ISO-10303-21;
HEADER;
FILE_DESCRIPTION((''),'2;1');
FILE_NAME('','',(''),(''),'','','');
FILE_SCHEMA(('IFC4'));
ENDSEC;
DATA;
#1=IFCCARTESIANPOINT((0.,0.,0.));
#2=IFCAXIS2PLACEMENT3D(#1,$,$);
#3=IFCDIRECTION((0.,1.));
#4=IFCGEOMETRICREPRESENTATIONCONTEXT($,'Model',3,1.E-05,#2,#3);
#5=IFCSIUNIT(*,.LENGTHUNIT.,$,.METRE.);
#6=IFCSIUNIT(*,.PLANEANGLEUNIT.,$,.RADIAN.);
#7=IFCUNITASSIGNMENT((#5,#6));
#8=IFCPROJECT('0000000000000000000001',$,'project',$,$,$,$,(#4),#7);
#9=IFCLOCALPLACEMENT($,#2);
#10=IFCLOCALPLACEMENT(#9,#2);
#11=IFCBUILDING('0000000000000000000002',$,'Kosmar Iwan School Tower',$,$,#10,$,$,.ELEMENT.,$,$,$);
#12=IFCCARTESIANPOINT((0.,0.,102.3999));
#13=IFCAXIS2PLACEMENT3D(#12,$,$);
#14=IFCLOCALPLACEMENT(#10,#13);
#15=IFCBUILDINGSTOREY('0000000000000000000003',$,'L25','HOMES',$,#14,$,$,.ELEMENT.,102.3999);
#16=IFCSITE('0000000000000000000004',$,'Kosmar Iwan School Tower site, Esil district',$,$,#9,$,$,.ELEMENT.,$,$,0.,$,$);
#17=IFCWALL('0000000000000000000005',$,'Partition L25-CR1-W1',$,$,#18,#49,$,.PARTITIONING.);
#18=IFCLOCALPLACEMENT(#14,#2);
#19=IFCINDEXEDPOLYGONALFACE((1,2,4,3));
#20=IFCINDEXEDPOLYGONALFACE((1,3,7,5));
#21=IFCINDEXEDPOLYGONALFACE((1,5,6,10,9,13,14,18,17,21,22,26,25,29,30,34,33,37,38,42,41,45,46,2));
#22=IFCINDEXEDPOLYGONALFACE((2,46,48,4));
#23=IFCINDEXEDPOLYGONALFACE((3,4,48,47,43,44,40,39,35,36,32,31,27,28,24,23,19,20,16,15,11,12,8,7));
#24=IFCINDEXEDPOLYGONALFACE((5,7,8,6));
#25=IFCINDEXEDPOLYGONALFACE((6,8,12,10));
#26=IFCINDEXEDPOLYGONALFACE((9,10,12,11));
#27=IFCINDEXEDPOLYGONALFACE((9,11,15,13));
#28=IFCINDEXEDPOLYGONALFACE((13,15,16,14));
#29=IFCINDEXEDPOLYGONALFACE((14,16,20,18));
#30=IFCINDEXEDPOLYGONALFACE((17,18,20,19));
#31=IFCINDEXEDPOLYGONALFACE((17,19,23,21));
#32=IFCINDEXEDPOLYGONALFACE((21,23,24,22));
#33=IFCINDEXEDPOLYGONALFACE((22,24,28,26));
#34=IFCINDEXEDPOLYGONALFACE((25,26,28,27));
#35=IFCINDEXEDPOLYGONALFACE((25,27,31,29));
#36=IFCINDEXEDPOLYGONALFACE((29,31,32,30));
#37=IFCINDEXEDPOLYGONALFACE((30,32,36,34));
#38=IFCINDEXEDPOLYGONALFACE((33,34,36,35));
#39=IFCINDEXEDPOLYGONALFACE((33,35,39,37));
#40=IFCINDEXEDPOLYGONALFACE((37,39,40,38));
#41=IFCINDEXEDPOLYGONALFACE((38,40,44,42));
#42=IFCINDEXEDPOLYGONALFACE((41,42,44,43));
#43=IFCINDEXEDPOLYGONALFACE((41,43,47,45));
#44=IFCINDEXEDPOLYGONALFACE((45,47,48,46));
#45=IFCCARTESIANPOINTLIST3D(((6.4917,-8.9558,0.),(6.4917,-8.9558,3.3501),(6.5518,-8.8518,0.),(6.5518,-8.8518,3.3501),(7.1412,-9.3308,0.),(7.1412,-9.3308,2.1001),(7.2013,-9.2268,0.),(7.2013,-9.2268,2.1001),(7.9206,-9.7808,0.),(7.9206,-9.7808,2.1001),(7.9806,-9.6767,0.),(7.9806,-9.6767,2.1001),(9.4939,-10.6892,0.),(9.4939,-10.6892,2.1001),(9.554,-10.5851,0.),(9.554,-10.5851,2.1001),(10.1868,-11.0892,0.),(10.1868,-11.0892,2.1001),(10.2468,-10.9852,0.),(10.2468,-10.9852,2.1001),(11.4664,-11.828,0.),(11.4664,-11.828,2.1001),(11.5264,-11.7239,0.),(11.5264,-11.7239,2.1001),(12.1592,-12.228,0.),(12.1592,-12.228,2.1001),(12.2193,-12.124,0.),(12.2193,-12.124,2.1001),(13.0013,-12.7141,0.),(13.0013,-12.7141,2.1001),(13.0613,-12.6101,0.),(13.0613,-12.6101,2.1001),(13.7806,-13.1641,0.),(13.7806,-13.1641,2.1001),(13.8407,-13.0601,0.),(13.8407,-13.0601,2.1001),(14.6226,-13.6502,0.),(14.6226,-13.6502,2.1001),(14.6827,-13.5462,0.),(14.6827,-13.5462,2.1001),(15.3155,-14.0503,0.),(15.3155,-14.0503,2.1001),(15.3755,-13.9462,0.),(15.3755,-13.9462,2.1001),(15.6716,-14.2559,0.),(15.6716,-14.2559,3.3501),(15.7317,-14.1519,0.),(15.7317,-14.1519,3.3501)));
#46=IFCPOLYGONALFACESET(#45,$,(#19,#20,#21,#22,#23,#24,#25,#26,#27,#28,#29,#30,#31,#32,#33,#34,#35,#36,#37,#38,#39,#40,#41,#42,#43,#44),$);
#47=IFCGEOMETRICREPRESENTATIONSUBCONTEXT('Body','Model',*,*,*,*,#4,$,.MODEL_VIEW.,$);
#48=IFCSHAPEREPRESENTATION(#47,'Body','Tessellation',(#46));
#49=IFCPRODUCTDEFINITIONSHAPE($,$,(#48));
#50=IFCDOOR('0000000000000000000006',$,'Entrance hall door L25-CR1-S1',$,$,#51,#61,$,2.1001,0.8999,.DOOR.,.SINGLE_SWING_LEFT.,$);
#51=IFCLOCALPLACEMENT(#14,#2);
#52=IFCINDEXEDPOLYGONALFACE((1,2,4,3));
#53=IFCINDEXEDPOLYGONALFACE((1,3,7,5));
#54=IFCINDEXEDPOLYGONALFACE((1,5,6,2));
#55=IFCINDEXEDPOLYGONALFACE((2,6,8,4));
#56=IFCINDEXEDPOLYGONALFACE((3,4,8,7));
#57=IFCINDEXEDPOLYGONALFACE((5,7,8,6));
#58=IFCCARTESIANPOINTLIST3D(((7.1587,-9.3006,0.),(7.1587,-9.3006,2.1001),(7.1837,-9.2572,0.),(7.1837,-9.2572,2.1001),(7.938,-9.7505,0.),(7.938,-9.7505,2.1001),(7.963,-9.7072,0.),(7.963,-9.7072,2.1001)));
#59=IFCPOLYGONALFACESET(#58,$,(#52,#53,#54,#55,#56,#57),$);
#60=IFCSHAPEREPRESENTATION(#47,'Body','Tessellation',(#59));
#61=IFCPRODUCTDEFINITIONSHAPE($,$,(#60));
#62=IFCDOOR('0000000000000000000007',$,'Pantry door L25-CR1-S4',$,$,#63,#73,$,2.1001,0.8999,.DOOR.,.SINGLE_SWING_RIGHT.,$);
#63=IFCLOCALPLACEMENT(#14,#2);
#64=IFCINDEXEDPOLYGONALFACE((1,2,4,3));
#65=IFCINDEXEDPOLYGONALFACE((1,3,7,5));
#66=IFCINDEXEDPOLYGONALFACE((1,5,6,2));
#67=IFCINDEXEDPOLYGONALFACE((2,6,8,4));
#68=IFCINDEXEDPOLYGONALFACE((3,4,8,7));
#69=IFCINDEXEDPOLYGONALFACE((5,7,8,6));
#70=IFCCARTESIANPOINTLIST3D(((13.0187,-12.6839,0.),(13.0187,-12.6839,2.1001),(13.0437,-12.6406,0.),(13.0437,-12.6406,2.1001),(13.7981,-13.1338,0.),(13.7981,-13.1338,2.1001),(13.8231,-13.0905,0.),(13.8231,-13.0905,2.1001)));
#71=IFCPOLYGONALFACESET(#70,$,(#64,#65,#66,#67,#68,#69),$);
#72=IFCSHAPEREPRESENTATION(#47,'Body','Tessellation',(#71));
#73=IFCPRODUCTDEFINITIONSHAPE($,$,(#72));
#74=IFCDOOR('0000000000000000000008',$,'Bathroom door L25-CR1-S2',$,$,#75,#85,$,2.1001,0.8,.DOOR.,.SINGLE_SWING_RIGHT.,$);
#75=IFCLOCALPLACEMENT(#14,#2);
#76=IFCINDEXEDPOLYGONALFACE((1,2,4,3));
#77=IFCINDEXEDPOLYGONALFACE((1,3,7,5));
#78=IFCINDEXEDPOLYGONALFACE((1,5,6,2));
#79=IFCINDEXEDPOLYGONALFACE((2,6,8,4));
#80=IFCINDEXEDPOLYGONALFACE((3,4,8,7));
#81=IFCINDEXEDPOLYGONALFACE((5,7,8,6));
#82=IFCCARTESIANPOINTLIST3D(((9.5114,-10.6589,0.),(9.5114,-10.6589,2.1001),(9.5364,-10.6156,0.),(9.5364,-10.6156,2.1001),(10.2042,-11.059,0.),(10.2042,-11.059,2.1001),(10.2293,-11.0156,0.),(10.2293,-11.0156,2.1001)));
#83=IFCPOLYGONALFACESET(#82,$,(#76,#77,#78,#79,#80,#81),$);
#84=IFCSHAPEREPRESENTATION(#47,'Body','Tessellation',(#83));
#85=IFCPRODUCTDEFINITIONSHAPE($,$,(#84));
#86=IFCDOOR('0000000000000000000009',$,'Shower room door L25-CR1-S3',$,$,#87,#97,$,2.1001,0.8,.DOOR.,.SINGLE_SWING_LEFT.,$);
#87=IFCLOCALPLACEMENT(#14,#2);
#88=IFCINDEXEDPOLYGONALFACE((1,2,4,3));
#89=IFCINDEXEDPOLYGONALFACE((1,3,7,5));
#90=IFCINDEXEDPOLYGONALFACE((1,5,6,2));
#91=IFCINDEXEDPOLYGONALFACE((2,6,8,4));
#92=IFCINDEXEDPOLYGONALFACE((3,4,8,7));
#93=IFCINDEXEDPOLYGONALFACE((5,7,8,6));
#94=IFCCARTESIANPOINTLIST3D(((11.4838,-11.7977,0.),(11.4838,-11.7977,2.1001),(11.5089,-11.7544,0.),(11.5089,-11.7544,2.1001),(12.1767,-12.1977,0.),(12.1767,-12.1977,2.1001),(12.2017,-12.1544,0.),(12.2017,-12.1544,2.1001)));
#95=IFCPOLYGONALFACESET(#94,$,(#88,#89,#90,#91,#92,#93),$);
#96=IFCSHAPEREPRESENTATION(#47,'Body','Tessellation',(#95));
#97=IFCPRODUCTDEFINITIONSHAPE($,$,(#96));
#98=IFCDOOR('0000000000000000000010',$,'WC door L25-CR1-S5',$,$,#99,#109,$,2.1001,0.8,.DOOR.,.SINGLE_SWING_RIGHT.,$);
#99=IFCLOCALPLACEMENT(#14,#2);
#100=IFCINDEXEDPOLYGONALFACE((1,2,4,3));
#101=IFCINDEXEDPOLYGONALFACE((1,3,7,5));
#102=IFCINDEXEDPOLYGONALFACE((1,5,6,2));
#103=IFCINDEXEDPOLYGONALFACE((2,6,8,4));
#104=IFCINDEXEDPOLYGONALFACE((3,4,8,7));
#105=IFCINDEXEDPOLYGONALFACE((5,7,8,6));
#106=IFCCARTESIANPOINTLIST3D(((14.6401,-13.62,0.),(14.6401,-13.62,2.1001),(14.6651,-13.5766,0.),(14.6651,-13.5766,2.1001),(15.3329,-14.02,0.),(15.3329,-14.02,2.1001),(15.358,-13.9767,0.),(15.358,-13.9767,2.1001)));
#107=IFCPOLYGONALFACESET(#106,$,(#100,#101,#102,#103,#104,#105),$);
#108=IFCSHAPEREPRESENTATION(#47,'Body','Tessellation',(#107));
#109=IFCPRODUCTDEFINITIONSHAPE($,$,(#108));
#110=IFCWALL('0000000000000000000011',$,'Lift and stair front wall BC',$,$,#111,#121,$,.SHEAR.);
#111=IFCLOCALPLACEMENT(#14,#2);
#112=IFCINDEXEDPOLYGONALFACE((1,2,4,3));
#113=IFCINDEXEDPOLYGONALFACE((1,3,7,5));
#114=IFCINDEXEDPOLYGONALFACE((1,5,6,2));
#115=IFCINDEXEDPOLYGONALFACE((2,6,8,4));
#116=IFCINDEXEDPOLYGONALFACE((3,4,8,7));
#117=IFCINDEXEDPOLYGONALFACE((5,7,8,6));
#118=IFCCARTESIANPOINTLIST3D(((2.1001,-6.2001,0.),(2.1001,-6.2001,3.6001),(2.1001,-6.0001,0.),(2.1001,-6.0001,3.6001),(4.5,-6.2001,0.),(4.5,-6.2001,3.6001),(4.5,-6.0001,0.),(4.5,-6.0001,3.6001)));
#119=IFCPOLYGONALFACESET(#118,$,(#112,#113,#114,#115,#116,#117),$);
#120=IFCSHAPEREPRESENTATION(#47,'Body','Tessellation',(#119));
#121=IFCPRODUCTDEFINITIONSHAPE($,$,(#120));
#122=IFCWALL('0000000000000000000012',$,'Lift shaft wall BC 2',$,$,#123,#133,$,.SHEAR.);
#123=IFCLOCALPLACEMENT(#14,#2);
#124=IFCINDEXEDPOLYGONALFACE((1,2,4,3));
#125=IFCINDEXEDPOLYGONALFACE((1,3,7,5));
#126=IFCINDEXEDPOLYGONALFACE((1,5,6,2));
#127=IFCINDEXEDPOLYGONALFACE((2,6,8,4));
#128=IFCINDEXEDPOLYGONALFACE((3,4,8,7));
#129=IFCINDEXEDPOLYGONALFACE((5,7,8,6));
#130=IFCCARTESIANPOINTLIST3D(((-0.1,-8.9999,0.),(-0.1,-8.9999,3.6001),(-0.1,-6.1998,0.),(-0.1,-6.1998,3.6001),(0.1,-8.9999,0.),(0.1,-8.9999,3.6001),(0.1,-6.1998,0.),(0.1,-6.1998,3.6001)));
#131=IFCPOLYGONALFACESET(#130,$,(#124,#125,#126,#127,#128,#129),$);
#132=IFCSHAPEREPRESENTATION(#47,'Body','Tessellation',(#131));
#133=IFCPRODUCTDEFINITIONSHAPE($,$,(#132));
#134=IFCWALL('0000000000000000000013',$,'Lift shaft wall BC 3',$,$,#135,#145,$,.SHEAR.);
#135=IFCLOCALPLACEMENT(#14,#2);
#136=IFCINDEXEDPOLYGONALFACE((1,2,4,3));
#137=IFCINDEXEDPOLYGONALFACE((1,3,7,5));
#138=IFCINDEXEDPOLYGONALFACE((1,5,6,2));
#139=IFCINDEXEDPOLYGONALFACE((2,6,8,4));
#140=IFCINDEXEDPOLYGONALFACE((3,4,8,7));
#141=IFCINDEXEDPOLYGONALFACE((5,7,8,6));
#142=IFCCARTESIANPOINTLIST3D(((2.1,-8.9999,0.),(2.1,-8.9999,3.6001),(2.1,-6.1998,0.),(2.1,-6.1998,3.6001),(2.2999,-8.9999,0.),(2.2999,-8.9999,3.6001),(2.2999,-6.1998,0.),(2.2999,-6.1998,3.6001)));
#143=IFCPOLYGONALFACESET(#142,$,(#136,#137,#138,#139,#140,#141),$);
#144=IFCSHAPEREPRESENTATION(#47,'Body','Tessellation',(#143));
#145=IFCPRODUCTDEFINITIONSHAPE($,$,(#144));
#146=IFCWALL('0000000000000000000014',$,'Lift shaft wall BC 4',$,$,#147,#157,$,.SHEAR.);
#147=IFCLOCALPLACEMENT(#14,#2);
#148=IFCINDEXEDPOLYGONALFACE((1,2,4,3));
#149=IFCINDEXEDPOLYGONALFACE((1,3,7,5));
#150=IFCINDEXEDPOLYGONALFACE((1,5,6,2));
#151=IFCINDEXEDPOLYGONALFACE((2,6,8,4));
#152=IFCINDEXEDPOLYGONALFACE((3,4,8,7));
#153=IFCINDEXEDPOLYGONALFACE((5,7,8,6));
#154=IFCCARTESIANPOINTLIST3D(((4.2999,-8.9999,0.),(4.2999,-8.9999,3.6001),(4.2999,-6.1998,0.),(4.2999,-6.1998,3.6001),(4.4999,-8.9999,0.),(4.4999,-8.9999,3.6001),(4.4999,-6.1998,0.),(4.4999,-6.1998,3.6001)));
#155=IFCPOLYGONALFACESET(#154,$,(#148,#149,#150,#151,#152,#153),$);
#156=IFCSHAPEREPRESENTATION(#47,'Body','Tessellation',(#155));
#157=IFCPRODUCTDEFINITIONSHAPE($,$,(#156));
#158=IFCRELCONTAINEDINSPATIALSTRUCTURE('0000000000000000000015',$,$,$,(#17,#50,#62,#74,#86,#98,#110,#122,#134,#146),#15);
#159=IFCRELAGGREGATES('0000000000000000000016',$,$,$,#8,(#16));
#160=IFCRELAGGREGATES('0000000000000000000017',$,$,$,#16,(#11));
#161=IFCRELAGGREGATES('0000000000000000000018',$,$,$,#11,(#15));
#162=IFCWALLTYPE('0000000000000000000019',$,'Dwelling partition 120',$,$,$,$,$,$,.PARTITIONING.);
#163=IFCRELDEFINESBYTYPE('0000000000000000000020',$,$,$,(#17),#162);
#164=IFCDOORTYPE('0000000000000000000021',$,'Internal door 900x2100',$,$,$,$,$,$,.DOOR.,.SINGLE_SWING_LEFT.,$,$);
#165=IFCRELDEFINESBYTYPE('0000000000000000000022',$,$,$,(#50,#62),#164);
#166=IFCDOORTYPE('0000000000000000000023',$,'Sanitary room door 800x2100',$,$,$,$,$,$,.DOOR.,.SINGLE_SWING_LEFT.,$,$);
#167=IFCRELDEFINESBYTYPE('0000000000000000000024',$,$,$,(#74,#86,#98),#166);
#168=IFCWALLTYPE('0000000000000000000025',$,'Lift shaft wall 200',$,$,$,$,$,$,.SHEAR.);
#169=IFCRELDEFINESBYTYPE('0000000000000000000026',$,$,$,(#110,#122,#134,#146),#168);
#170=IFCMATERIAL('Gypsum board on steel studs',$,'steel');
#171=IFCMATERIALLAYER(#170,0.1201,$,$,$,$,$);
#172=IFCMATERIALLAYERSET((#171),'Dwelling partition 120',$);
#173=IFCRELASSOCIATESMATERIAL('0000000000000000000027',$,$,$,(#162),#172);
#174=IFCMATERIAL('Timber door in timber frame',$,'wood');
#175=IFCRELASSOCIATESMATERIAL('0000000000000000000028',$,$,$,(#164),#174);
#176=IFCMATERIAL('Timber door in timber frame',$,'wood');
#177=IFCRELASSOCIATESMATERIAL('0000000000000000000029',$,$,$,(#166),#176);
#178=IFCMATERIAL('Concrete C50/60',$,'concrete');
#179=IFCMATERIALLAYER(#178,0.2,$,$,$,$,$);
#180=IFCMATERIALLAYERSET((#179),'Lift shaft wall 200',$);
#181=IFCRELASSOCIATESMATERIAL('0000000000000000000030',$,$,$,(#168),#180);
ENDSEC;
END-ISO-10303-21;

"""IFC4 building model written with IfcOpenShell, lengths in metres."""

from ifc_helpers import new_model, si_unit, direction, frame, frame_2d, origin, place, context, subcontext, project, spatial, rectangle, extrude, material, layer, layer_set, type_object, element, fill, save


model = new_model("IFC4")

# Units and contexts
model_context = context("Model", 3, precision=1e-05, world=origin(), true_north=direction((0.0, 1.0)))
body_context = subcontext(model_context, "Body", "Model", "MODEL_VIEW")
ifc_project = project(units=[si_unit("LENGTHUNIT", "METRE"), si_unit("PLANEANGLEUNIT", "RADIAN")], contexts=[model_context])

# Site, building, storey
site_placement = place(None, origin())
site = spatial("IfcSite", under=ifc_project, at=site_placement, Name="Kosmar Iwan School Tower site, Esil district", CompositionType="ELEMENT", RefElevation=0.0)
building_placement = place(site_placement, origin())
building = spatial("IfcBuilding", under=site, at=building_placement, Name="Kosmar Iwan School Tower", CompositionType="ELEMENT")
storey_placement = place(building_placement, frame((0.0, 0.0, 102.3999)))
storey = spatial("IfcBuildingStorey", under=building, at=storey_placement, Name="L25", Description="HOMES", CompositionType="ELEMENT", Elevation=102.3999)

# Wall, openings, doors
ifc_material_1 = material(Name="Gypsum board on steel studs", Category="steel")
ifc_layer_1 = layer(ifc_material_1, 0.1201)
ifc_layer_set_1 = layer_set([ifc_layer_1], Name="Dwelling partition 120")
wall_type_1 = type_object("IfcWallType", Name="Dwelling partition 120", PredefinedType="PARTITIONING", material=ifc_layer_set_1)
wall_1_placement = place(storey_placement, frame((6.5217, -8.9038, 0.0), z_axis=(0.0, 0.0, 1.0), x_axis=(0.866025, -0.500001, 0.0)))
wall_1 = element("IfcWall", 1, at=wall_1_placement, inside=storey, type_object=wall_type_1, Name="Partition L25-CR1-W1", PredefinedType="PARTITIONING", context=body_context, shape_type="SweptSolid", body=[
    extrude(rectangle(XDim=10.6001, YDim=0.1201, at=frame_2d((5.3, 0.0))), origin(), (0.0, 0.0, 1.0), 3.3501),
])
opening_1_placement = place(wall_1_placement, frame((0.75, 0.0, 0.0)))
opening_1 = element("IfcOpeningElement", 2, at=opening_1_placement, cuts=wall_1, PredefinedType="OPENING", context=body_context, shape_type="SweptSolid", body=[
    extrude(rectangle(XDim=0.8999, YDim=2.1001, at=frame_2d((0.45, 1.05))), frame((0.0, 0.072, 0.0), z_axis=(0.0, -1.0, 0.0), x_axis=(1.0, 0.0, 0.0)), (0.0, 0.0, 1.0), 0.144),
])
opening_2_placement = place(wall_1_placement, frame((3.4668, 0.0, 0.0)))
opening_2 = element("IfcOpeningElement", 3, at=opening_2_placement, cuts=wall_1, PredefinedType="OPENING", context=body_context, shape_type="SweptSolid", body=[
    extrude(rectangle(XDim=0.8, YDim=2.1001, at=frame_2d((0.3999, 1.05))), frame((0.0, 0.072, 0.0), z_axis=(0.0, -1.0, 0.0), x_axis=(1.0, 0.0, 0.0)), (0.0, 0.0, 1.0), 0.144),
])
opening_3_placement = place(wall_1_placement, frame((5.7444, 0.0, 0.0)))
opening_3 = element("IfcOpeningElement", 4, at=opening_3_placement, cuts=wall_1, PredefinedType="OPENING", context=body_context, shape_type="SweptSolid", body=[
    extrude(rectangle(XDim=0.8, YDim=2.1001, at=frame_2d((0.3999, 1.05))), frame((0.0, 0.072, 0.0), z_axis=(0.0, -1.0, 0.0), x_axis=(1.0, 0.0, 0.0)), (0.0, 0.0, 1.0), 0.144),
])
opening_4_placement = place(wall_1_placement, frame((7.5166, 0.0, 0.0)))
opening_4 = element("IfcOpeningElement", 5, at=opening_4_placement, cuts=wall_1, PredefinedType="OPENING", context=body_context, shape_type="SweptSolid", body=[
    extrude(rectangle(XDim=0.8999, YDim=2.1001, at=frame_2d((0.45, 1.05))), frame((0.0, 0.072, 0.0), z_axis=(0.0, -1.0, 0.0), x_axis=(1.0, 0.0, 0.0)), (0.0, 0.0, 1.0), 0.144),
])
opening_5_placement = place(wall_1_placement, frame((9.3889, 0.0, 0.0)))
opening_5 = element("IfcOpeningElement", 6, at=opening_5_placement, cuts=wall_1, PredefinedType="OPENING", context=body_context, shape_type="SweptSolid", body=[
    extrude(rectangle(XDim=0.8, YDim=2.1001, at=frame_2d((0.3999, 1.05))), frame((0.0, 0.072, 0.0), z_axis=(0.0, -1.0, 0.0), x_axis=(1.0, 0.0, 0.0)), (0.0, 0.0, 1.0), 0.144),
])
ifc_material_2 = material(Name="Timber door in timber frame", Category="wood")
door_type_1 = type_object("IfcDoorType", Name="Internal door 900x2100", OperationType="SINGLE_SWING_LEFT", PredefinedType="DOOR", material=ifc_material_2)
door_1_placement = place(opening_1_placement, origin())
door_1 = element("IfcDoor", 7, at=door_1_placement, inside=storey, type_object=door_type_1, Name="Entrance hall door L25-CR1-S1", OperationType="SINGLE_SWING_LEFT", OverallHeight=2.1001, OverallWidth=0.8999, PredefinedType="DOOR", context=body_context, shape_type="SweptSolid", body=[
    extrude(rectangle(XDim=0.8999, YDim=2.1001, at=frame_2d((0.45, 1.05))), frame((0.0, 0.0249, 0.0), z_axis=(0.0, -1.0, 0.0), x_axis=(1.0, 0.0, 0.0)), (0.0, 0.0, 1.0), 0.05),
])
fill(opening_1, door_1)
door_2_placement = place(opening_4_placement, origin())
door_2 = element("IfcDoor", 8, at=door_2_placement, inside=storey, type_object=door_type_1, Name="Pantry door L25-CR1-S4", OperationType="SINGLE_SWING_RIGHT", OverallHeight=2.1001, OverallWidth=0.8999, PredefinedType="DOOR", context=body_context, shape_type="SweptSolid", body=[
    extrude(rectangle(XDim=0.8999, YDim=2.1001, at=frame_2d((0.45, 1.05))), frame((0.0, 0.0249, 0.0), z_axis=(0.0, -1.0, 0.0), x_axis=(1.0, 0.0, 0.0)), (0.0, 0.0, 1.0), 0.05),
])
fill(opening_4, door_2)
ifc_material_3 = material(Name="Timber door in timber frame", Category="wood")
door_type_2 = type_object("IfcDoorType", Name="Sanitary room door 800x2100", OperationType="SINGLE_SWING_LEFT", PredefinedType="DOOR", material=ifc_material_3)
door_3_placement = place(opening_2_placement, origin())
door_3 = element("IfcDoor", 9, at=door_3_placement, inside=storey, type_object=door_type_2, Name="Bathroom door L25-CR1-S2", OperationType="SINGLE_SWING_RIGHT", OverallHeight=2.1001, OverallWidth=0.8, PredefinedType="DOOR", context=body_context, shape_type="SweptSolid", body=[
    extrude(rectangle(XDim=0.8, YDim=2.1001, at=frame_2d((0.3999, 1.05))), frame((0.0, 0.0249, 0.0), z_axis=(0.0, -1.0, 0.0), x_axis=(1.0, 0.0, 0.0)), (0.0, 0.0, 1.0), 0.05),
])
fill(opening_2, door_3)
door_4_placement = place(opening_3_placement, origin())
door_4 = element("IfcDoor", 10, at=door_4_placement, inside=storey, type_object=door_type_2, Name="Shower room door L25-CR1-S3", OperationType="SINGLE_SWING_LEFT", OverallHeight=2.1001, OverallWidth=0.8, PredefinedType="DOOR", context=body_context, shape_type="SweptSolid", body=[
    extrude(rectangle(XDim=0.8, YDim=2.1001, at=frame_2d((0.3999, 1.05))), frame((0.0, 0.0249, 0.0), z_axis=(0.0, -1.0, 0.0), x_axis=(1.0, 0.0, 0.0)), (0.0, 0.0, 1.0), 0.05),
])
fill(opening_3, door_4)
door_5_placement = place(opening_5_placement, origin())
door_5 = element("IfcDoor", 11, at=door_5_placement, inside=storey, type_object=door_type_2, Name="WC door L25-CR1-S5", OperationType="SINGLE_SWING_RIGHT", OverallHeight=2.1001, OverallWidth=0.8, PredefinedType="DOOR", context=body_context, shape_type="SweptSolid", body=[
    extrude(rectangle(XDim=0.8, YDim=2.1001, at=frame_2d((0.3999, 1.05))), frame((0.0, 0.0249, 0.0), z_axis=(0.0, -1.0, 0.0), x_axis=(1.0, 0.0, 0.0)), (0.0, 0.0, 1.0), 0.05),
])
fill(opening_5, door_5)

# Walls
ifc_material_4 = material(Name="Concrete C50/60", Category="concrete")
ifc_layer_2 = layer(ifc_material_4, 0.2)
ifc_layer_set_2 = layer_set([ifc_layer_2], Name="Lift shaft wall 200")
wall_type_2 = type_object("IfcWallType", Name="Lift shaft wall 200", PredefinedType="SHEAR", material=ifc_layer_set_2)
wall_2_placement = place(storey_placement, frame((2.1001, -6.1001, 0.0), z_axis=(0.0, 0.0, 1.0), x_axis=(1.0, 0.0, 0.0)))
element("IfcWall", 12, at=wall_2_placement, inside=storey, type_object=wall_type_2, Name="Lift and stair front wall BC", PredefinedType="SHEAR", context=body_context, shape_type="SweptSolid", body=[
    extrude(rectangle(XDim=2.3999, YDim=0.2, at=frame_2d((1.2, 0.0))), origin(), (0.0, 0.0, 1.0), 3.6001),
])
for number, where, z_axis, x_axis, name in (
    (13, (0.0, -6.2, 0.0), (0.0, 0.0, 1.0), (0.0, -1.0, 0.0), "Lift shaft wall BC 2"),
    (14, (2.2, -6.2, 0.0), (0.0, 0.0, 1.0), (0.0, -1.0, 0.0), "Lift shaft wall BC 3"),
    (15, (4.3999, -6.2, 0.0), (0.0, 0.0, 1.0), (0.0, -1.0, 0.0), "Lift shaft wall BC 4"),
):
    element("IfcWall", number, at=place(storey_placement, frame(where, z_axis=z_axis, x_axis=x_axis)), inside=storey, type_object=wall_type_2, Name=name, PredefinedType="SHEAR", context=body_context, shape_type="SweptSolid", body=[
        extrude(rectangle(XDim=2.8, YDim=0.2, at=frame_2d((1.3999, 0.0))), origin(), (0.0, 0.0, 1.0), 3.6001),
    ])

save(model, "model.ifc")
